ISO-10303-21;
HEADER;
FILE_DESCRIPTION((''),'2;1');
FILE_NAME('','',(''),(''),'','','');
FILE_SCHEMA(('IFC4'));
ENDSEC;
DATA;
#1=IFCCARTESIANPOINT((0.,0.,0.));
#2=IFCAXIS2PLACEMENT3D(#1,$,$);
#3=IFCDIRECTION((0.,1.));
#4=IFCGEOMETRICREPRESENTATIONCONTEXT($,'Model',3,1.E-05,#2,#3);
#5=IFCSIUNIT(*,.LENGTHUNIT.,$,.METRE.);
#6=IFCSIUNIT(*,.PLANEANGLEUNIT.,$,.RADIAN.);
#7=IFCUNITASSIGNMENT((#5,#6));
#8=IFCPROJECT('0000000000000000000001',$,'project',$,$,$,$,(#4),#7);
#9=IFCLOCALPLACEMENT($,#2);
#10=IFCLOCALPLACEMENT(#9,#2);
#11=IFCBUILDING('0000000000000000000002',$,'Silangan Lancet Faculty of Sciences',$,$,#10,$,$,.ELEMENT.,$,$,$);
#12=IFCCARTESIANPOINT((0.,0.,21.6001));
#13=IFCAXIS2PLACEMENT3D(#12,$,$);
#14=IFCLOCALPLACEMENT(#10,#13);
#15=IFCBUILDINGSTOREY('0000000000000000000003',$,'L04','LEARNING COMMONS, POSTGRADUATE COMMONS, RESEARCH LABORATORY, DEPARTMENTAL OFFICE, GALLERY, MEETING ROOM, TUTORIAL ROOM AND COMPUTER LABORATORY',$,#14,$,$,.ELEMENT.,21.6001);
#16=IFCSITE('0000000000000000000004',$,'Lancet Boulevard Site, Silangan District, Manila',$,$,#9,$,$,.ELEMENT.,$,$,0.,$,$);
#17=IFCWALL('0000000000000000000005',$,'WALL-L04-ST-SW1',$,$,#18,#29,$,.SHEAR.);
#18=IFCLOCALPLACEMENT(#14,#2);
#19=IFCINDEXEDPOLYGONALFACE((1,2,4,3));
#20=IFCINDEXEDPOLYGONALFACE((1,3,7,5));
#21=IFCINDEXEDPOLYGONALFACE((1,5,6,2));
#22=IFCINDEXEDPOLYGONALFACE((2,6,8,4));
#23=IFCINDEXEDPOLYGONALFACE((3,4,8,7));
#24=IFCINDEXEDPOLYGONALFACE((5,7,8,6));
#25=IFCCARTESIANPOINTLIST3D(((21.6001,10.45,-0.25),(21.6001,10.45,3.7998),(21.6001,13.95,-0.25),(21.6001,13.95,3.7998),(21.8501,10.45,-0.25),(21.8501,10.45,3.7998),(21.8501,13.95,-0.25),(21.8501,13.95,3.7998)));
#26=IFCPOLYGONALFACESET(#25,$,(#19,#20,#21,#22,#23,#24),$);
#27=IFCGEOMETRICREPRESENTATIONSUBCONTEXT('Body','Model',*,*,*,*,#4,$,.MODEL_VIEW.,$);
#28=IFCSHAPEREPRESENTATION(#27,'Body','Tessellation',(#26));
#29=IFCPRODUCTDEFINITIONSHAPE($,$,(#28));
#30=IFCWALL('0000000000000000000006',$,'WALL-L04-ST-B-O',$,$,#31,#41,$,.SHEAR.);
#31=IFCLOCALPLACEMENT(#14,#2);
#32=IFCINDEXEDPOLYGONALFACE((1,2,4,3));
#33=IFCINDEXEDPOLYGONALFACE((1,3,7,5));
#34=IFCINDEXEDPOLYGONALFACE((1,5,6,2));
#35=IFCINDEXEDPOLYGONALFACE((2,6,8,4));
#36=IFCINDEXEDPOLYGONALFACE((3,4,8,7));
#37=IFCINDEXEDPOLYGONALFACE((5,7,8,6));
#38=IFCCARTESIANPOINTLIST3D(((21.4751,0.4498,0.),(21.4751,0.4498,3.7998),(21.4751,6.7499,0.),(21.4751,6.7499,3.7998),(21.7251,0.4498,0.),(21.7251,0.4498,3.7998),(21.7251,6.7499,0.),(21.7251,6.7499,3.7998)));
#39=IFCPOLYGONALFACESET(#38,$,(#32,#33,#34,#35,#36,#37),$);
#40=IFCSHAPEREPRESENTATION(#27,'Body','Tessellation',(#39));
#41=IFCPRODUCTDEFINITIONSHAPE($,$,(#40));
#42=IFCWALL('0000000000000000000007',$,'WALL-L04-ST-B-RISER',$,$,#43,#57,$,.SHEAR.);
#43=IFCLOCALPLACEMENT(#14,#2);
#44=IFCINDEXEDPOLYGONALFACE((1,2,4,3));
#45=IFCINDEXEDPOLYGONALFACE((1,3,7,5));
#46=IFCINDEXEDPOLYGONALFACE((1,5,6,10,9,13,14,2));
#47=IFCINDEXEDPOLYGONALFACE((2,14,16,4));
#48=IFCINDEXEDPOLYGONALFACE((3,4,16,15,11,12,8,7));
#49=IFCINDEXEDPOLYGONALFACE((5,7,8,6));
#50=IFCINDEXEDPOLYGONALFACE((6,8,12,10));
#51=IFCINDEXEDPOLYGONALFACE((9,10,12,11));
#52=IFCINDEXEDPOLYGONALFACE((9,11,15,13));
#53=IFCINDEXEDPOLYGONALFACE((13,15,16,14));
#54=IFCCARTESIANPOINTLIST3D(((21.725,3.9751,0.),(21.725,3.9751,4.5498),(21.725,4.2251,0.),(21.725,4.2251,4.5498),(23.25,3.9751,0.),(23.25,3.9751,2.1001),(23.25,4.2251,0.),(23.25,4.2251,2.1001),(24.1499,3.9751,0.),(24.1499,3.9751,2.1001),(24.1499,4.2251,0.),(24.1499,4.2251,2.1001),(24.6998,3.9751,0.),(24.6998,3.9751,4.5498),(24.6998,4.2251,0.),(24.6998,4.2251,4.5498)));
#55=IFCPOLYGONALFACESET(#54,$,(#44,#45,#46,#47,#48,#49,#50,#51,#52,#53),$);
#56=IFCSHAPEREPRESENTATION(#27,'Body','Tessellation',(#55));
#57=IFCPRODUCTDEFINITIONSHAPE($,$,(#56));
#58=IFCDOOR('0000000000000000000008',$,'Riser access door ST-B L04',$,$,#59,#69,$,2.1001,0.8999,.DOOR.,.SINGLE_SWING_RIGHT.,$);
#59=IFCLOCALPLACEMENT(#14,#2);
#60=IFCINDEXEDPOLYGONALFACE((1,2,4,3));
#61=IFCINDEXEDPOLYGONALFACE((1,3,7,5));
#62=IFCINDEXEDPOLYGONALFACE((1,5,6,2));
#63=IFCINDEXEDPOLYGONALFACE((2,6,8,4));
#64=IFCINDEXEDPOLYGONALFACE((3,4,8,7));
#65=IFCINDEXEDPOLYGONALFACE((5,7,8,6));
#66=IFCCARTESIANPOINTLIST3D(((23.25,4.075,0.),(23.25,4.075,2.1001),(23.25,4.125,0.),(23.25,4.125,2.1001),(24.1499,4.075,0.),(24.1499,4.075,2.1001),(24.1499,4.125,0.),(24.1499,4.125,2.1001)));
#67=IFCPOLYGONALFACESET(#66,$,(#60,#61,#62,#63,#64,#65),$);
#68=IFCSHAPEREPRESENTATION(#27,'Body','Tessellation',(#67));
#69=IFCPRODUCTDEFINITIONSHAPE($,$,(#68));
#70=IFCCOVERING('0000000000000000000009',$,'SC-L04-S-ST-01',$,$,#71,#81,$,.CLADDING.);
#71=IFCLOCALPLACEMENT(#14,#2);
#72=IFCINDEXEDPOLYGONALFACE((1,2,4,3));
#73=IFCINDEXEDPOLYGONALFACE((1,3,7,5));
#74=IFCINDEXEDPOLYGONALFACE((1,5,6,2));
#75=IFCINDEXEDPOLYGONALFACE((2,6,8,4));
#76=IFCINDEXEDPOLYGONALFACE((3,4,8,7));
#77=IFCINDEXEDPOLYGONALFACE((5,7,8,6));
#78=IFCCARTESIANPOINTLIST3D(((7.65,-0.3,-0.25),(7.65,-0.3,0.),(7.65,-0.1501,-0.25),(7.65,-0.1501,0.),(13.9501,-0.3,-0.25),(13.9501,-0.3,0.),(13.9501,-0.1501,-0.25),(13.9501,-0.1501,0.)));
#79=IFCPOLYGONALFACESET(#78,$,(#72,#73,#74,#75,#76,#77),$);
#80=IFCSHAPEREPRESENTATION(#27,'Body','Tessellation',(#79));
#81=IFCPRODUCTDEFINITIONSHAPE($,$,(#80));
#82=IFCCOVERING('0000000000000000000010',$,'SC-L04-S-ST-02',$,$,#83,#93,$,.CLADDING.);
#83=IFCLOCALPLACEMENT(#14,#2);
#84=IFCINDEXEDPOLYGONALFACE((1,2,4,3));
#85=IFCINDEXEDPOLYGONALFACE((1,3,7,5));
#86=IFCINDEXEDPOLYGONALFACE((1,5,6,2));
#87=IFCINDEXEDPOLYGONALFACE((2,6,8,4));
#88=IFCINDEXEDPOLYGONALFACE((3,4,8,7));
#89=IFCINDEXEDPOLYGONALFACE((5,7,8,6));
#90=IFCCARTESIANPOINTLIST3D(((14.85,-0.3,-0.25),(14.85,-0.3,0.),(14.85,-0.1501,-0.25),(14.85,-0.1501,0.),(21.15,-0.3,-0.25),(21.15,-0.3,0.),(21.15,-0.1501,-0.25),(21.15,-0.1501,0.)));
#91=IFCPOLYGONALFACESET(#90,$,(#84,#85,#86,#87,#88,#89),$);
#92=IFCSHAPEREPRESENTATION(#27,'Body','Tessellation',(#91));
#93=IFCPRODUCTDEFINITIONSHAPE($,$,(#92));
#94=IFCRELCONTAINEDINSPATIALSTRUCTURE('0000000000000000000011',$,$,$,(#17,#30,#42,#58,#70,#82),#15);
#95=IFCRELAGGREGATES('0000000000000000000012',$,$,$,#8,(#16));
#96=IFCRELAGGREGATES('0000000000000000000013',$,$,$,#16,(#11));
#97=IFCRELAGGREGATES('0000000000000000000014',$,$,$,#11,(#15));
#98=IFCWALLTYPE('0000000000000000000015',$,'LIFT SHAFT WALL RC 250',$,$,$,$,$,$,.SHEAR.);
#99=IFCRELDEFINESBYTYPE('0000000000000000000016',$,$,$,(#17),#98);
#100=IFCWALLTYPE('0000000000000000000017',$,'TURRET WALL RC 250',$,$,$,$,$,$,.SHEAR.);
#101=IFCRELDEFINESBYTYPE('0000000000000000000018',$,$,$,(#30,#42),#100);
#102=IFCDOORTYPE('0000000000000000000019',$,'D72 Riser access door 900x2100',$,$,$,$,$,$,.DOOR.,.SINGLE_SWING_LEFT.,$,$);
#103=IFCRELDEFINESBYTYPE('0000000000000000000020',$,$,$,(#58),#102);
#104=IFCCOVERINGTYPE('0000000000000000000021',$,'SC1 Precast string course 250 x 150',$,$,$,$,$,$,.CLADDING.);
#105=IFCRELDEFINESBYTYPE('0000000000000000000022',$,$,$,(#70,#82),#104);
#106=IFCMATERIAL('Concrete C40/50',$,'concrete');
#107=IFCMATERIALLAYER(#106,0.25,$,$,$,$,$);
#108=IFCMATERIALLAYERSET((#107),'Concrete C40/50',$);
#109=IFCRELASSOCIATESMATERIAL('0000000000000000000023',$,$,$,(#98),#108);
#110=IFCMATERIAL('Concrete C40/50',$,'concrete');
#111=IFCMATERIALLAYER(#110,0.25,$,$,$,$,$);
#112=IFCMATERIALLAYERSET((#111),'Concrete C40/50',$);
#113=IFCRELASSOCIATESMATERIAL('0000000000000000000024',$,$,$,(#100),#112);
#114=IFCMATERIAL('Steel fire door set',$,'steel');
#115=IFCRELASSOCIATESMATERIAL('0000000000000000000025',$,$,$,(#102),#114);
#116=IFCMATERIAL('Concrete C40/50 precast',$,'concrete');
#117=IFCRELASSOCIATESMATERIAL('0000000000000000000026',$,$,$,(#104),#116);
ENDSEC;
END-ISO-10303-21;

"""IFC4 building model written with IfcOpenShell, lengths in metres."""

from ifc_helpers import new_model, si_unit, direction, frame, frame_2d, origin, origin_2d, place, context, subcontext, project, spatial, rectangle, extrude, material, layer, layer_set, type_object, element, fill, save


model = new_model("IFC4")

# Units and contexts
model_context = context("Model", 3, precision=1e-05, world=origin(), true_north=direction((0.0, 1.0)))
body_context = subcontext(model_context, "Body", "Model", "MODEL_VIEW")
ifc_project = project(units=[si_unit("LENGTHUNIT", "METRE"), si_unit("PLANEANGLEUNIT", "RADIAN")], contexts=[model_context])

# Site, building, storey
site_placement = place(None, origin())
site = spatial("IfcSite", under=ifc_project, at=site_placement, Name="Lancet Boulevard Site, Silangan District, Manila", CompositionType="ELEMENT", RefElevation=0.0)
building_placement = place(site_placement, origin())
building = spatial("IfcBuilding", under=site, at=building_placement, Name="Silangan Lancet Faculty of Sciences", CompositionType="ELEMENT")
storey_placement = place(building_placement, frame((0.0, 0.0, 21.6001)))
storey = spatial("IfcBuildingStorey", under=building, at=storey_placement, Name="L04", Description="LEARNING COMMONS, POSTGRADUATE COMMONS, RESEARCH LABORATORY, DEPARTMENTAL OFFICE, GALLERY, MEETING ROOM, TUTORIAL ROOM AND COMPUTER LABORATORY", CompositionType="ELEMENT", Elevation=21.6001)

# Walls
ifc_material_1 = material(Name="Concrete C40/50", Category="concrete")
ifc_layer_1 = layer(ifc_material_1, 0.25)
ifc_layer_set_1 = layer_set([ifc_layer_1], Name="Concrete C40/50")
wall_type_1 = type_object("IfcWallType", Name="LIFT SHAFT WALL RC 250", PredefinedType="SHEAR", material=ifc_layer_set_1)
wall_1_placement = place(storey_placement, frame((21.7251, 10.45, -0.25), z_axis=(0.0, 0.0, 1.0), x_axis=(0.0, 1.0, 0.0)))
element("IfcWall", 1, at=wall_1_placement, inside=storey, type_object=wall_type_1, Name="WALL-L04-ST-SW1", PredefinedType="SHEAR", context=body_context, shape_type="SweptSolid", body=[
    extrude(rectangle(XDim=3.5, YDim=0.25, at=frame_2d((1.75, 0.0))), origin(), (0.0, 0.0, 1.0), 4.0498),
])
ifc_material_2 = material(Name="Concrete C40/50", Category="concrete")
ifc_layer_2 = layer(ifc_material_2, 0.25)
ifc_layer_set_2 = layer_set([ifc_layer_2], Name="Concrete C40/50")
wall_type_2 = type_object("IfcWallType", Name="TURRET WALL RC 250", PredefinedType="SHEAR", material=ifc_layer_set_2)
wall_2_placement = place(storey_placement, frame((21.6001, 0.45, 0.0), z_axis=(0.0, 0.0, 1.0), x_axis=(0.0, 1.0, 0.0)))
element("IfcWall", 2, at=wall_2_placement, inside=storey, type_object=wall_type_2, Name="WALL-L04-ST-B-O", PredefinedType="SHEAR", context=body_context, shape_type="SweptSolid", body=[
    extrude(rectangle(XDim=6.3, YDim=0.25, at=frame_2d((3.1499, 0.0))), origin(), (0.0, 0.0, 1.0), 3.7998),
])

# Wall, opening, door
wall_3_placement = place(storey_placement, frame((21.7251, 4.1001, 0.0), z_axis=(0.0, 0.0, 1.0), x_axis=(1.0, 0.0, 0.0)))
wall_3 = element("IfcWall", 3, at=wall_3_placement, inside=storey, type_object=wall_type_2, Name="WALL-L04-ST-B-RISER", PredefinedType="SHEAR", context=body_context, shape_type="SweptSolid", body=[
    extrude(rectangle(XDim=2.9749, YDim=0.25, at=frame_2d((1.4873, 0.0))), origin(), (0.0, 0.0, 1.0), 4.5498),
])
opening_1_placement = place(wall_3_placement, frame((1.5249, 0.0, 0.0)))
opening_1 = element("IfcOpeningElement", 4, at=opening_1_placement, cuts=wall_3, PredefinedType="OPENING", context=body_context, shape_type="SweptSolid", body=[
    extrude(rectangle(XDim=0.8999, YDim=2.1001, at=frame_2d((0.45, 1.05))), frame((0.0, 0.135, 0.0), z_axis=(0.0, -1.0, 0.0), x_axis=(1.0, 0.0, 0.0)), (0.0, 0.0, 1.0), 0.27),
])
ifc_material_3 = material(Name="Steel fire door set", Category="steel")
door_type_1 = type_object("IfcDoorType", Name="D72 Riser access door 900x2100", OperationType="SINGLE_SWING_LEFT", PredefinedType="DOOR", material=ifc_material_3)
door_1_placement = place(opening_1_placement, frame((0.8999, 0.0, 0.0), z_axis=(0.0, 0.0, 1.0), x_axis=(-1.0, 0.0, 0.0)))
door_1 = element("IfcDoor", 5, at=door_1_placement, inside=storey, type_object=door_type_1, Name="Riser access door ST-B L04", OperationType="SINGLE_SWING_RIGHT", OverallHeight=2.1001, OverallWidth=0.8999, PredefinedType="DOOR", context=body_context, shape_type="SweptSolid", body=[
    extrude(rectangle(XDim=0.8999, YDim=2.1001, at=frame_2d((0.45, 1.05))), frame((0.0, 0.0251, 0.0), z_axis=(0.0, -1.0, 0.0), x_axis=(1.0, 0.0, 0.0)), (0.0, 0.0, 1.0), 0.05),
])
fill(opening_1, door_1)

# Coverings
ifc_material_4 = material(Name="Concrete C40/50 precast", Category="concrete")
covering_type = type_object("IfcCoveringType", Name="SC1 Precast string course 250 x 150", PredefinedType="CLADDING", material=ifc_material_4)
for number, where, z_axis, x_axis, name in (
    (6, (10.8, -0.2251, -0.25), (0.0, 0.0, 1.0), (1.0, 0.0, 0.0), "SC-L04-S-ST-01"),
    (7, (18.0, -0.2251, -0.25), (0.0, 0.0, 1.0), (1.0, 0.0, 0.0), "SC-L04-S-ST-02"),
):
    element("IfcCovering", number, at=place(storey_placement, frame(where, z_axis=z_axis, x_axis=x_axis)), inside=storey, type_object=covering_type, Name=name, PredefinedType="CLADDING", context=body_context, shape_type="SweptSolid", body=[
        extrude(rectangle(XDim=6.3, YDim=0.1499, at=origin_2d()), origin(), (0.0, 0.0, 1.0), 0.25),
    ])

save(model, "model.ifc")
